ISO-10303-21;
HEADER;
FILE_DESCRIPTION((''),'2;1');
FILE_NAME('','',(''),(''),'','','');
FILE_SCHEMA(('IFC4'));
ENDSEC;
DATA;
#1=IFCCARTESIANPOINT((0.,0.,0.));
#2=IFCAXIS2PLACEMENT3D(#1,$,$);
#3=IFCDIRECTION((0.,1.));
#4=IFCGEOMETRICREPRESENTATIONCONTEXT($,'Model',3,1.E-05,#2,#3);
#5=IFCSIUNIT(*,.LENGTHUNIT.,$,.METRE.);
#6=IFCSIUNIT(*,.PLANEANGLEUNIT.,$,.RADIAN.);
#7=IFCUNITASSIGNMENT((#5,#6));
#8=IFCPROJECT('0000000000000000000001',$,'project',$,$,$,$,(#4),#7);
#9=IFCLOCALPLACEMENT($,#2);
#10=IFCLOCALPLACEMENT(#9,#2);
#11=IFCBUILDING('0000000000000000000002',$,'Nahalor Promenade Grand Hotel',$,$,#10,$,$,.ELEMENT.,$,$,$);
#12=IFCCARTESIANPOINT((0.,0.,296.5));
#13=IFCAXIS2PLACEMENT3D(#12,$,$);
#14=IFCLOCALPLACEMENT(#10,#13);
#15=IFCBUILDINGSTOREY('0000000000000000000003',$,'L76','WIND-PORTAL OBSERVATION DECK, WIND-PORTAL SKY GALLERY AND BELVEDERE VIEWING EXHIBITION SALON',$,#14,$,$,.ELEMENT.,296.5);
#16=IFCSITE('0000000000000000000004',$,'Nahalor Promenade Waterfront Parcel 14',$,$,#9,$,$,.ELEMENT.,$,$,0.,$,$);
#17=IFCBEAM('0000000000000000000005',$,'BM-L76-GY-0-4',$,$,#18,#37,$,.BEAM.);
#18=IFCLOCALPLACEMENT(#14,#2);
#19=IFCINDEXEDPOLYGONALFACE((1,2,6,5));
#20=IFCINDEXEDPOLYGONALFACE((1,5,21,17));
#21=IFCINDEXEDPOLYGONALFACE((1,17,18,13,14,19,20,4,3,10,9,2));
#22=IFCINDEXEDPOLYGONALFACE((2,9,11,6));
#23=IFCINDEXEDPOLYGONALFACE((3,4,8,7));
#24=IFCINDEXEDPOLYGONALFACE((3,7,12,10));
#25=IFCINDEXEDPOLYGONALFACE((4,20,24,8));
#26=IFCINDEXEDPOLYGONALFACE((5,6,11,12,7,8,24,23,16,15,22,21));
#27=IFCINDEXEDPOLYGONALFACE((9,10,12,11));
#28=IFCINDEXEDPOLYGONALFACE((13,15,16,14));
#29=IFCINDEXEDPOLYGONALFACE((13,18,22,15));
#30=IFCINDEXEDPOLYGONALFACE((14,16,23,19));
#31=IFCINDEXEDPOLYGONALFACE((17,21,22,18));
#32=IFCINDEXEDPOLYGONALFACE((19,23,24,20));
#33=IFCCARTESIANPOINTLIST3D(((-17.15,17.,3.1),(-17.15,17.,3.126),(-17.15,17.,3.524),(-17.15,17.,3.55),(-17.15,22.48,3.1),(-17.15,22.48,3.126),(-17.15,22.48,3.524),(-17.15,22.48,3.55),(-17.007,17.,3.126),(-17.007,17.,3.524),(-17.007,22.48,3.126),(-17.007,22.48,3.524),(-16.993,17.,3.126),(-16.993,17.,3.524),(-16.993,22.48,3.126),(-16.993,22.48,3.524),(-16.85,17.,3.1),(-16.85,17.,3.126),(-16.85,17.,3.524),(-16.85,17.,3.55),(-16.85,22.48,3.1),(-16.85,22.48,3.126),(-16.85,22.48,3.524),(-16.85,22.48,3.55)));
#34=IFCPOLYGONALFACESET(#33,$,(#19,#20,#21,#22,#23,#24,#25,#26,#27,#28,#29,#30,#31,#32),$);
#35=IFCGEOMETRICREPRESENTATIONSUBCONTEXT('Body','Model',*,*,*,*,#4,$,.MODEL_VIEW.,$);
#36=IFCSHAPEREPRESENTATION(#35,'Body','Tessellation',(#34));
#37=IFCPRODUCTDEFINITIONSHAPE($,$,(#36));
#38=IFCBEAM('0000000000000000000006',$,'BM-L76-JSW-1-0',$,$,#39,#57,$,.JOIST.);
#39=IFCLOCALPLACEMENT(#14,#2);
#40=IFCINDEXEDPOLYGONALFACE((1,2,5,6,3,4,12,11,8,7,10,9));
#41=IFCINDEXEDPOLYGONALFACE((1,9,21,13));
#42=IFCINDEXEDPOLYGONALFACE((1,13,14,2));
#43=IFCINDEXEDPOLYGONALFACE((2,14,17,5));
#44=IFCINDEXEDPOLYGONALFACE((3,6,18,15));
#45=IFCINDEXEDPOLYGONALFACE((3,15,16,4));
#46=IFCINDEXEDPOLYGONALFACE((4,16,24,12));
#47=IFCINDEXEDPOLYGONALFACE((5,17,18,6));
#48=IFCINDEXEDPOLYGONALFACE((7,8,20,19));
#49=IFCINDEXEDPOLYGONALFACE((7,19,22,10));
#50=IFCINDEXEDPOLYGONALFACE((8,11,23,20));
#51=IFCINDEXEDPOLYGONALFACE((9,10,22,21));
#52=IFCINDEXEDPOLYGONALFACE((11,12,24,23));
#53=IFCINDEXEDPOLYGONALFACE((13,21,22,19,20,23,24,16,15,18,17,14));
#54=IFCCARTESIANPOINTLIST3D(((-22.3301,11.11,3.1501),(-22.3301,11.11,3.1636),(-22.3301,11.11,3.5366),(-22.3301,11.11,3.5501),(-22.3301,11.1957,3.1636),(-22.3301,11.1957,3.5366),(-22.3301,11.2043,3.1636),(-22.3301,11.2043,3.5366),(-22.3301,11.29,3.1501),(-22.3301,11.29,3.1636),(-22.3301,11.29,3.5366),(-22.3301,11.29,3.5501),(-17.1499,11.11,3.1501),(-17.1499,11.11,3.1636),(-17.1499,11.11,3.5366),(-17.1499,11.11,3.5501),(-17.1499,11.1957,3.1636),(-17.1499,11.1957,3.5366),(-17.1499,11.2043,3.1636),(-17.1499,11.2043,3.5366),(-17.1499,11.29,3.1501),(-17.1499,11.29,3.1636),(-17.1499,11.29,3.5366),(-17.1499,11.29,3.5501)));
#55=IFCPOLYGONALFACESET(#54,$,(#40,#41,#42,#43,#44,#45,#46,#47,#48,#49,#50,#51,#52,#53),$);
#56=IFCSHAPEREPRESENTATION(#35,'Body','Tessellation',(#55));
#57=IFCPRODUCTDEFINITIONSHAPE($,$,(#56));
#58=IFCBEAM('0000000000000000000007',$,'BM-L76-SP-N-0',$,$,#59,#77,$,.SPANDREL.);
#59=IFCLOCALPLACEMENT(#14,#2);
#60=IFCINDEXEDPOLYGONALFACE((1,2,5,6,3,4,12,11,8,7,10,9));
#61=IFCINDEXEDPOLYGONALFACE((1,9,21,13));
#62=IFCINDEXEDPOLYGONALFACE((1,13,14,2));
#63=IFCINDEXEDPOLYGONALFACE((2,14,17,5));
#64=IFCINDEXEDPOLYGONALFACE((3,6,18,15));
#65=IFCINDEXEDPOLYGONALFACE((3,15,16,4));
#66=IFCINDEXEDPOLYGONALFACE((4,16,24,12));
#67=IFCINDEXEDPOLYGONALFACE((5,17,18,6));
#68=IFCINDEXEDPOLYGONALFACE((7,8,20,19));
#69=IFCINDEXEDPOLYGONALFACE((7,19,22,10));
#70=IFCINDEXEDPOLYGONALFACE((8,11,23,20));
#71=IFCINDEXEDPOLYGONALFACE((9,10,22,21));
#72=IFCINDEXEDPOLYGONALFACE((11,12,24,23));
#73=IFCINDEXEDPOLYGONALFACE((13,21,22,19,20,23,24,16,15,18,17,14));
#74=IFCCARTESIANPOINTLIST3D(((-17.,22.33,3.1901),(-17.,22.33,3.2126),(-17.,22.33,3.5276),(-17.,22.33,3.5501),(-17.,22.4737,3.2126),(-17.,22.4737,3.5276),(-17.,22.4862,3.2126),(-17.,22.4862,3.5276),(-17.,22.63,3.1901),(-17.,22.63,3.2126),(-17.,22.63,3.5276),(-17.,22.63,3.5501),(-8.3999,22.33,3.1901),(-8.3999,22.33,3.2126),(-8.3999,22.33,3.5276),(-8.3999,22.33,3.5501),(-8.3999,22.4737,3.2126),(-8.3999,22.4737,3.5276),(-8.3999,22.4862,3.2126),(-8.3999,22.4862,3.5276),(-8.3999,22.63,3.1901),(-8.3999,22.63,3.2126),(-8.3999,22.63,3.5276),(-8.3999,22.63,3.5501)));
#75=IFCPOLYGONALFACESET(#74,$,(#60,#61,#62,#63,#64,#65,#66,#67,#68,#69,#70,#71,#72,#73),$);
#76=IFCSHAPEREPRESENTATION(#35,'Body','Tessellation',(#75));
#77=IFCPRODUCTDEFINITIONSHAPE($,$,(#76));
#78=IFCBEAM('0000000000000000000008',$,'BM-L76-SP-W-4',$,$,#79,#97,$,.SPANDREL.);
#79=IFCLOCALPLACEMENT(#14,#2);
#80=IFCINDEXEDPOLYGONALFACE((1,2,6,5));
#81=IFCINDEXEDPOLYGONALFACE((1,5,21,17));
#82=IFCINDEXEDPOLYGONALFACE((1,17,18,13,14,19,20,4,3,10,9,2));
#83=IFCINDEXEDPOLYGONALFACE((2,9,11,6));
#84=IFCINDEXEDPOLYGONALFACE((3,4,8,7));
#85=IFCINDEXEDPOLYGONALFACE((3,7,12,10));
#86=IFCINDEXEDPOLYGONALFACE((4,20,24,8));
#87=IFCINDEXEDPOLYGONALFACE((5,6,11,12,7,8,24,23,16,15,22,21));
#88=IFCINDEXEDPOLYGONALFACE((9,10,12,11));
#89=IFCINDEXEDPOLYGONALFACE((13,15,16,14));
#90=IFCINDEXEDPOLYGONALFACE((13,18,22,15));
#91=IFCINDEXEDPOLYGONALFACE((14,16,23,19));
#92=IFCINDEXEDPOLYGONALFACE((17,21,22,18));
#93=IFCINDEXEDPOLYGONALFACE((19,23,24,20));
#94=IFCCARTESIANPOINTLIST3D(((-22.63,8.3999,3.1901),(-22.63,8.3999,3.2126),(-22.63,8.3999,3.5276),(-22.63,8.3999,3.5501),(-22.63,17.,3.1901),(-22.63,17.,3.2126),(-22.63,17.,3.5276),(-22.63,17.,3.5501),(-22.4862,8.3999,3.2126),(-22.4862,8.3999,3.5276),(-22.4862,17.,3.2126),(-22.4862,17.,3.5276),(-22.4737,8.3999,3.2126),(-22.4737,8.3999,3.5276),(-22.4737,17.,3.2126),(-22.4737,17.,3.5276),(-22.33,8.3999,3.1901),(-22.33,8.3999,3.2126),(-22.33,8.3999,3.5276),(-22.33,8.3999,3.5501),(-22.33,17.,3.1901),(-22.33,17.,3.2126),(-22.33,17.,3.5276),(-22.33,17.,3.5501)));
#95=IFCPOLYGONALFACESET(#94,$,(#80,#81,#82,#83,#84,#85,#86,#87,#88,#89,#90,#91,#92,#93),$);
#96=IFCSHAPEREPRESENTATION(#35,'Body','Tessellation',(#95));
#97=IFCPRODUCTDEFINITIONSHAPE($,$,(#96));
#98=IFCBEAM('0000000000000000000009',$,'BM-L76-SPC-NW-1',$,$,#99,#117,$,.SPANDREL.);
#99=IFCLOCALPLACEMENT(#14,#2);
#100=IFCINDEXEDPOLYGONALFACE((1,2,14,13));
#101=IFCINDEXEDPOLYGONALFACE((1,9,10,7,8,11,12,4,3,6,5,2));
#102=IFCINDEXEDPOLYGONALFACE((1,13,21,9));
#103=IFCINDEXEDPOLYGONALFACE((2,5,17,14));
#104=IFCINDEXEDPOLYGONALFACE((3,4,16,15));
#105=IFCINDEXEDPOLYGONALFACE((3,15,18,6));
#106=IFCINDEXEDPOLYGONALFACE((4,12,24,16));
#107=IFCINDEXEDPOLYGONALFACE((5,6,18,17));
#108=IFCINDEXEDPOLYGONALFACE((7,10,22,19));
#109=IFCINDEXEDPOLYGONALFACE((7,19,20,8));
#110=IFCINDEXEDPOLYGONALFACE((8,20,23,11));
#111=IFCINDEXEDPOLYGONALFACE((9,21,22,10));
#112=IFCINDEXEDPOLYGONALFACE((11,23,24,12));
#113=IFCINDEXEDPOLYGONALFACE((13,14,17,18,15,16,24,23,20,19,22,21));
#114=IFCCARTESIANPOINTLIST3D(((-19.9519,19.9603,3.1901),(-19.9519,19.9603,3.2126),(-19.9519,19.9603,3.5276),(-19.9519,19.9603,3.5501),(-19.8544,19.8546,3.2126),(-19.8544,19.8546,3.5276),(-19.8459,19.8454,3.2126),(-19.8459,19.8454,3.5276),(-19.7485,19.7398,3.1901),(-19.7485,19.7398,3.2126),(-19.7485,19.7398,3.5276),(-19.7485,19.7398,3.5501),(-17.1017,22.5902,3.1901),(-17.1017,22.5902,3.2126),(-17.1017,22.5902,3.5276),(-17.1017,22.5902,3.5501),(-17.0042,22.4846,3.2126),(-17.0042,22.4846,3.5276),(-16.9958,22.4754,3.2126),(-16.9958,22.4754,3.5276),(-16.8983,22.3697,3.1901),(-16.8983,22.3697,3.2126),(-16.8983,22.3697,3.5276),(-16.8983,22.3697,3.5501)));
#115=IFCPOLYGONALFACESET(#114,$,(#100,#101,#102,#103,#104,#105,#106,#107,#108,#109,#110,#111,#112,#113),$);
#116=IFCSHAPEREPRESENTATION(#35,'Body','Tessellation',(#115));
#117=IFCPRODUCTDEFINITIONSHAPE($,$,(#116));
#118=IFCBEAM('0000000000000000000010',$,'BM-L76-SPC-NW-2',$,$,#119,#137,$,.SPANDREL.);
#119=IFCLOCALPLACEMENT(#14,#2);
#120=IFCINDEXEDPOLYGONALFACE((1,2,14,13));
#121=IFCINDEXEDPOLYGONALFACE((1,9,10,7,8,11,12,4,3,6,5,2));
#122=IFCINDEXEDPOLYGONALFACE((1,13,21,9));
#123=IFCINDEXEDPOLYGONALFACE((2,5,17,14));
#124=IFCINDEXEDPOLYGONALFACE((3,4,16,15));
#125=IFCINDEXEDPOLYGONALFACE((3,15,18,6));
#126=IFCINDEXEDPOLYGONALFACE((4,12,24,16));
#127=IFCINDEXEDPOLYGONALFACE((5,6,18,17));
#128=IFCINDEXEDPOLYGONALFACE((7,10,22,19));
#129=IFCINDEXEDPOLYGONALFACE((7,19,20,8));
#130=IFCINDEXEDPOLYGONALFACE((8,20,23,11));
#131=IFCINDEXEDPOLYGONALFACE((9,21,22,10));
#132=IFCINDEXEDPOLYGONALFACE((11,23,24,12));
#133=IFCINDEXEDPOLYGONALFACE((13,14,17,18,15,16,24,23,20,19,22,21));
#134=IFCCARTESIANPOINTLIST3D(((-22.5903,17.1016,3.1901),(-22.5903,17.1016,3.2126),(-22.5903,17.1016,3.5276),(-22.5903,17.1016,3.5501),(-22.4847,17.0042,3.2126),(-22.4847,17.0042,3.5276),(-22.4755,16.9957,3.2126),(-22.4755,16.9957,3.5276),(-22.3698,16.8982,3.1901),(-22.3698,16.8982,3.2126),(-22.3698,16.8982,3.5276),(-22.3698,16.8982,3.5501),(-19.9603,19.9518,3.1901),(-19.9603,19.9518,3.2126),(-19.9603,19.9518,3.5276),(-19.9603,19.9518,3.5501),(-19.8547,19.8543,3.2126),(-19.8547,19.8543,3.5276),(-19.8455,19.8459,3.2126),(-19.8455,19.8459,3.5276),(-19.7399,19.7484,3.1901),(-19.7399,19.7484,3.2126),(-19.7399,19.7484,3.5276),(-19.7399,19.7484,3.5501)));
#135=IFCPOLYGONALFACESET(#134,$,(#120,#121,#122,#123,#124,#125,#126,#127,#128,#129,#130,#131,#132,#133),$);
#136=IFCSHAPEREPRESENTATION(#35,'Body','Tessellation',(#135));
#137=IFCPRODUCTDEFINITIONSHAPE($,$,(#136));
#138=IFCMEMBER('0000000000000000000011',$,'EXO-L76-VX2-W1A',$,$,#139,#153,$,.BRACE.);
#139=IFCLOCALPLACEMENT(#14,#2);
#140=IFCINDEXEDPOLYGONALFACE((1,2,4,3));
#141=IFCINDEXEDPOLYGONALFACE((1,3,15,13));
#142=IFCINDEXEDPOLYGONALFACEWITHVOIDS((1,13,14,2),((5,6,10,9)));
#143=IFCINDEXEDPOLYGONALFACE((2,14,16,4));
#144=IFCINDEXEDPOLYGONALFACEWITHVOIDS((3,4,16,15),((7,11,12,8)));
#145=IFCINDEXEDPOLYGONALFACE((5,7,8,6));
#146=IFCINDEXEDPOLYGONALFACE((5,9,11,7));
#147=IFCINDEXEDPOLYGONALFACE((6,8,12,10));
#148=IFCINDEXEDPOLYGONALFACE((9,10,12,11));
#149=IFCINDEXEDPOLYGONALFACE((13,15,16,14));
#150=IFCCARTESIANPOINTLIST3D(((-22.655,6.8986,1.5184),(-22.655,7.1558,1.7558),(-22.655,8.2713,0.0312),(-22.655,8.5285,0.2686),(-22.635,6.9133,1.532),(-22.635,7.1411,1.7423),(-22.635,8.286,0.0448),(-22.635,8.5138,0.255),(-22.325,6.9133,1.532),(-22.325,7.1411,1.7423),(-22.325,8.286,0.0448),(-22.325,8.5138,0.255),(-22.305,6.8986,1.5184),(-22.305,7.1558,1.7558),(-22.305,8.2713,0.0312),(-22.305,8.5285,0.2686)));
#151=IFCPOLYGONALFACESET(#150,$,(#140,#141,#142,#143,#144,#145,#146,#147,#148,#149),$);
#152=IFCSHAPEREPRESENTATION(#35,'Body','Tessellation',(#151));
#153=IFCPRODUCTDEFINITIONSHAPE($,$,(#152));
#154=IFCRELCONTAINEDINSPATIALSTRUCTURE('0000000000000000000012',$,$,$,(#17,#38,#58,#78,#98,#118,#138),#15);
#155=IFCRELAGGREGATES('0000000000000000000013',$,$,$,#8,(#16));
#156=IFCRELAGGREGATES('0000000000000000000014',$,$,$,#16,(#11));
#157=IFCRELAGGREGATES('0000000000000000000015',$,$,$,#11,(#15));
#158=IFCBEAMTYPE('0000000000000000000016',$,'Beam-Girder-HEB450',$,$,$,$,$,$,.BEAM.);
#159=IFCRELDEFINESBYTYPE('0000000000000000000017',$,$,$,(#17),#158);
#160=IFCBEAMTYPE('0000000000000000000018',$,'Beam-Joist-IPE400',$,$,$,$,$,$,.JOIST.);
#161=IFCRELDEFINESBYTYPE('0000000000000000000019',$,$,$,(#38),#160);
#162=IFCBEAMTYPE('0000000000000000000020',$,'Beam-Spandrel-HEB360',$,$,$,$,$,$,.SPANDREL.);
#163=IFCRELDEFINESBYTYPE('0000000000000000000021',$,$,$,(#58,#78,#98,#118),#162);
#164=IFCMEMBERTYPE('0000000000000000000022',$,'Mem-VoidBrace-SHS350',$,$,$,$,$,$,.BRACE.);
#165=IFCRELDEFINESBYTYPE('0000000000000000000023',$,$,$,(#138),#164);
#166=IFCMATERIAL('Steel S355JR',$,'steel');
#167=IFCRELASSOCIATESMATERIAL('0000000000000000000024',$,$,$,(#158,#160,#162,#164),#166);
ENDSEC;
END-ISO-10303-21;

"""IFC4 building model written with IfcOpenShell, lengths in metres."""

from ifc_helpers import new_model, si_unit, direction, frame, origin, origin_2d, place, context, subcontext, project, spatial, hollow_rectangle, i_section, extrude, source, transform, mapped, material, material_profile, profile_set, type_object, element, save


model = new_model("IFC4")

# Units and contexts
model_context = context("Model", 3, precision=1e-05, world=origin(), true_north=direction((0.0, 1.0)))
body_context = subcontext(model_context, "Body", "Model", "MODEL_VIEW")
ifc_project = project(units=[si_unit("LENGTHUNIT", "METRE"), si_unit("PLANEANGLEUNIT", "RADIAN")], contexts=[model_context])

# Site, building, storey
site_placement = place(None, origin())
site = spatial("IfcSite", under=ifc_project, at=site_placement, Name="Nahalor Promenade Waterfront Parcel 14", CompositionType="ELEMENT", RefElevation=0.0)
building_placement = place(site_placement, origin())
building = spatial("IfcBuilding", under=site, at=building_placement, Name="Nahalor Promenade Grand Hotel", CompositionType="ELEMENT")
storey_placement = place(building_placement, frame((0.0, 0.0, 296.5)))
storey = spatial("IfcBuildingStorey", under=building, at=storey_placement, Name="L76", Description="WIND-PORTAL OBSERVATION DECK, WIND-PORTAL SKY GALLERY AND BELVEDERE VIEWING EXHIBITION SALON", CompositionType="ELEMENT", Elevation=296.5)

# Shared definitions
ifc_material_1 = material(Name="Steel S355JR", Category="steel")

# Beams
ifc_material_profile_1 = material_profile(ifc_material_1, i_section(OverallWidth=0.3, OverallDepth=0.45, WebThickness=0.014, FlangeThickness=0.026, at=origin_2d()), Name="HEB 450")
ifc_profile_set_1 = profile_set([ifc_material_profile_1], Name="Steel S355JR")
beam_type_1 = type_object("IfcBeamType", Name="Beam-Girder-HEB450", PredefinedType="BEAM", material=ifc_profile_set_1)
ifc_material_profile_2 = material_profile(ifc_material_1, i_section(OverallWidth=0.18, OverallDepth=0.4, WebThickness=0.0086, FlangeThickness=0.0135, at=origin_2d()), Name="IPE 400")
ifc_profile_set_2 = profile_set([ifc_material_profile_2], Name="Steel S355JR")
beam_type_2 = type_object("IfcBeamType", Name="Beam-Joist-IPE400", PredefinedType="JOIST", material=ifc_profile_set_2)
shared_shape_1 = source(origin(), body_context, "Body", "SweptSolid", [
    extrude(i_section(OverallWidth=0.3, OverallDepth=0.45, WebThickness=0.014, FlangeThickness=0.026, at=origin_2d()), origin(), (0.0, 0.0, 1.0), 5.48),
])
for number, where, z_axis, x_axis, name in (
    (1, (-17.0, 17.0, 3.325), (0.0, 1.0, 0.0), (-1.0, 0.0, 0.0), "BM-L76-GY-0-4"),
):
    element("IfcBeam", number, at=place(storey_placement, frame(where, z_axis=z_axis, x_axis=x_axis)), inside=storey, type_object=beam_type_1, Name=name, PredefinedType="BEAM", context=body_context, shape_type="MappedRepresentation", body=[
        mapped(shared_shape_1, transform((0.0, 0.0, 0.0), scale=1.0)),
    ])
shared_shape_2 = source(origin(), body_context, "Body", "SweptSolid", [
    extrude(i_section(OverallWidth=0.18, OverallDepth=0.4, WebThickness=0.0086, FlangeThickness=0.0135, at=origin_2d()), origin(), (0.0, 0.0, 1.0), 5.1802),
])
beam_1_placement = place(storey_placement, frame((-22.3301, 11.2, 3.3501), z_axis=(1.0, 0.0, 0.0), x_axis=(0.0, 1.0, 0.0)))
element("IfcBeam", 2, at=beam_1_placement, inside=storey, type_object=beam_type_2, Name="BM-L76-JSW-1-0", PredefinedType="JOIST", context=body_context, shape_type="MappedRepresentation", body=[
    mapped(shared_shape_2, transform((0.0, 0.0, 0.0), scale=1.0)),
])
ifc_material_profile_3 = material_profile(ifc_material_1, i_section(OverallWidth=0.3, OverallDepth=0.36, WebThickness=0.0125, FlangeThickness=0.0225, at=origin_2d()), Name="HEB 360")
ifc_profile_set_3 = profile_set([ifc_material_profile_3], Name="Steel S355JR")
beam_type_3 = type_object("IfcBeamType", Name="Beam-Spandrel-HEB360", PredefinedType="SPANDREL", material=ifc_profile_set_3)
shared_shape_3 = source(origin(), body_context, "Body", "SweptSolid", [
    extrude(i_section(OverallWidth=0.3, OverallDepth=0.36, WebThickness=0.0125, FlangeThickness=0.0225, at=origin_2d()), origin(), (0.0, 0.0, 1.0), 8.6001),
])
for number, where, z_axis, x_axis, name in (
    (3, (-17.0, 22.48, 3.3701), (1.0, 0.0, 0.0), (0.0, 1.0, 0.0), "BM-L76-SP-N-0"),
    (4, (-22.48, 8.3999, 3.3701), (0.0, 1.0, 0.0), (-1.0, 0.0, 0.0), "BM-L76-SP-W-4"),
):
    element("IfcBeam", number, at=place(storey_placement, frame(where, z_axis=z_axis, x_axis=x_axis)), inside=storey, type_object=beam_type_3, Name=name, PredefinedType="SPANDREL", context=body_context, shape_type="MappedRepresentation", body=[
        mapped(shared_shape_3, transform((0.0, 0.0, 0.0), scale=1.0)),
    ])
shared_shape_4 = source(origin(), body_context, "Body", "SweptSolid", [
    extrude(i_section(OverallWidth=0.3, OverallDepth=0.36, WebThickness=0.0125, FlangeThickness=0.0225, at=origin_2d()), origin(), (0.0, 0.0, 1.0), 3.8782),
])
for number, where, z_axis, x_axis, name in (
    (5, (-17.0, 22.48, 3.3701), (-0.734929, -0.678144, 0.0), (0.678144, -0.734929, 0.0), "BM-L76-SPC-NW-1"),
    (6, (-19.8501, 19.8501, 3.3701), (-0.678144, -0.734929, 0.0), (0.734929, -0.678144, 0.0), "BM-L76-SPC-NW-2"),
):
    element("IfcBeam", number, at=place(storey_placement, frame(where, z_axis=z_axis, x_axis=x_axis)), inside=storey, type_object=beam_type_3, Name=name, PredefinedType="SPANDREL", context=body_context, shape_type="MappedRepresentation", body=[
        mapped(shared_shape_4, transform((0.0, 0.0, 0.0), scale=1.0)),
    ])

# Member
ifc_material_profile_4 = material_profile(ifc_material_1, hollow_rectangle(XDim=0.35, YDim=0.35, WallThickness=0.02, at=origin_2d()), Name="SHS 350x350x20")
ifc_profile_set_4 = profile_set([ifc_material_profile_4], Name="Steel S355JR")
member_type = type_object("IfcMemberType", Name="Mem-VoidBrace-SHS350", PredefinedType="BRACE", material=ifc_profile_set_4)
shared_shape_5 = source(origin(), body_context, "Body", "SweptSolid", [
    extrude(hollow_rectangle(XDim=0.35, YDim=0.35, WallThickness=0.02, at=origin_2d()), origin(), (0.0, 0.0, 1.0), 2.0239),
])
member_placement = place(storey_placement, frame((-22.48, 8.3999, 0.1499), z_axis=(0.0, -0.678255, 0.734827), x_axis=(1.0, 0.0, 0.0)))
element("IfcMember", 7, at=member_placement, inside=storey, type_object=member_type, Name="EXO-L76-VX2-W1A", PredefinedType="BRACE", context=body_context, shape_type="MappedRepresentation", body=[
    mapped(shared_shape_5, transform((0.0, 0.0, 0.0), scale=1.0)),
])

save(model, "model.ifc")
